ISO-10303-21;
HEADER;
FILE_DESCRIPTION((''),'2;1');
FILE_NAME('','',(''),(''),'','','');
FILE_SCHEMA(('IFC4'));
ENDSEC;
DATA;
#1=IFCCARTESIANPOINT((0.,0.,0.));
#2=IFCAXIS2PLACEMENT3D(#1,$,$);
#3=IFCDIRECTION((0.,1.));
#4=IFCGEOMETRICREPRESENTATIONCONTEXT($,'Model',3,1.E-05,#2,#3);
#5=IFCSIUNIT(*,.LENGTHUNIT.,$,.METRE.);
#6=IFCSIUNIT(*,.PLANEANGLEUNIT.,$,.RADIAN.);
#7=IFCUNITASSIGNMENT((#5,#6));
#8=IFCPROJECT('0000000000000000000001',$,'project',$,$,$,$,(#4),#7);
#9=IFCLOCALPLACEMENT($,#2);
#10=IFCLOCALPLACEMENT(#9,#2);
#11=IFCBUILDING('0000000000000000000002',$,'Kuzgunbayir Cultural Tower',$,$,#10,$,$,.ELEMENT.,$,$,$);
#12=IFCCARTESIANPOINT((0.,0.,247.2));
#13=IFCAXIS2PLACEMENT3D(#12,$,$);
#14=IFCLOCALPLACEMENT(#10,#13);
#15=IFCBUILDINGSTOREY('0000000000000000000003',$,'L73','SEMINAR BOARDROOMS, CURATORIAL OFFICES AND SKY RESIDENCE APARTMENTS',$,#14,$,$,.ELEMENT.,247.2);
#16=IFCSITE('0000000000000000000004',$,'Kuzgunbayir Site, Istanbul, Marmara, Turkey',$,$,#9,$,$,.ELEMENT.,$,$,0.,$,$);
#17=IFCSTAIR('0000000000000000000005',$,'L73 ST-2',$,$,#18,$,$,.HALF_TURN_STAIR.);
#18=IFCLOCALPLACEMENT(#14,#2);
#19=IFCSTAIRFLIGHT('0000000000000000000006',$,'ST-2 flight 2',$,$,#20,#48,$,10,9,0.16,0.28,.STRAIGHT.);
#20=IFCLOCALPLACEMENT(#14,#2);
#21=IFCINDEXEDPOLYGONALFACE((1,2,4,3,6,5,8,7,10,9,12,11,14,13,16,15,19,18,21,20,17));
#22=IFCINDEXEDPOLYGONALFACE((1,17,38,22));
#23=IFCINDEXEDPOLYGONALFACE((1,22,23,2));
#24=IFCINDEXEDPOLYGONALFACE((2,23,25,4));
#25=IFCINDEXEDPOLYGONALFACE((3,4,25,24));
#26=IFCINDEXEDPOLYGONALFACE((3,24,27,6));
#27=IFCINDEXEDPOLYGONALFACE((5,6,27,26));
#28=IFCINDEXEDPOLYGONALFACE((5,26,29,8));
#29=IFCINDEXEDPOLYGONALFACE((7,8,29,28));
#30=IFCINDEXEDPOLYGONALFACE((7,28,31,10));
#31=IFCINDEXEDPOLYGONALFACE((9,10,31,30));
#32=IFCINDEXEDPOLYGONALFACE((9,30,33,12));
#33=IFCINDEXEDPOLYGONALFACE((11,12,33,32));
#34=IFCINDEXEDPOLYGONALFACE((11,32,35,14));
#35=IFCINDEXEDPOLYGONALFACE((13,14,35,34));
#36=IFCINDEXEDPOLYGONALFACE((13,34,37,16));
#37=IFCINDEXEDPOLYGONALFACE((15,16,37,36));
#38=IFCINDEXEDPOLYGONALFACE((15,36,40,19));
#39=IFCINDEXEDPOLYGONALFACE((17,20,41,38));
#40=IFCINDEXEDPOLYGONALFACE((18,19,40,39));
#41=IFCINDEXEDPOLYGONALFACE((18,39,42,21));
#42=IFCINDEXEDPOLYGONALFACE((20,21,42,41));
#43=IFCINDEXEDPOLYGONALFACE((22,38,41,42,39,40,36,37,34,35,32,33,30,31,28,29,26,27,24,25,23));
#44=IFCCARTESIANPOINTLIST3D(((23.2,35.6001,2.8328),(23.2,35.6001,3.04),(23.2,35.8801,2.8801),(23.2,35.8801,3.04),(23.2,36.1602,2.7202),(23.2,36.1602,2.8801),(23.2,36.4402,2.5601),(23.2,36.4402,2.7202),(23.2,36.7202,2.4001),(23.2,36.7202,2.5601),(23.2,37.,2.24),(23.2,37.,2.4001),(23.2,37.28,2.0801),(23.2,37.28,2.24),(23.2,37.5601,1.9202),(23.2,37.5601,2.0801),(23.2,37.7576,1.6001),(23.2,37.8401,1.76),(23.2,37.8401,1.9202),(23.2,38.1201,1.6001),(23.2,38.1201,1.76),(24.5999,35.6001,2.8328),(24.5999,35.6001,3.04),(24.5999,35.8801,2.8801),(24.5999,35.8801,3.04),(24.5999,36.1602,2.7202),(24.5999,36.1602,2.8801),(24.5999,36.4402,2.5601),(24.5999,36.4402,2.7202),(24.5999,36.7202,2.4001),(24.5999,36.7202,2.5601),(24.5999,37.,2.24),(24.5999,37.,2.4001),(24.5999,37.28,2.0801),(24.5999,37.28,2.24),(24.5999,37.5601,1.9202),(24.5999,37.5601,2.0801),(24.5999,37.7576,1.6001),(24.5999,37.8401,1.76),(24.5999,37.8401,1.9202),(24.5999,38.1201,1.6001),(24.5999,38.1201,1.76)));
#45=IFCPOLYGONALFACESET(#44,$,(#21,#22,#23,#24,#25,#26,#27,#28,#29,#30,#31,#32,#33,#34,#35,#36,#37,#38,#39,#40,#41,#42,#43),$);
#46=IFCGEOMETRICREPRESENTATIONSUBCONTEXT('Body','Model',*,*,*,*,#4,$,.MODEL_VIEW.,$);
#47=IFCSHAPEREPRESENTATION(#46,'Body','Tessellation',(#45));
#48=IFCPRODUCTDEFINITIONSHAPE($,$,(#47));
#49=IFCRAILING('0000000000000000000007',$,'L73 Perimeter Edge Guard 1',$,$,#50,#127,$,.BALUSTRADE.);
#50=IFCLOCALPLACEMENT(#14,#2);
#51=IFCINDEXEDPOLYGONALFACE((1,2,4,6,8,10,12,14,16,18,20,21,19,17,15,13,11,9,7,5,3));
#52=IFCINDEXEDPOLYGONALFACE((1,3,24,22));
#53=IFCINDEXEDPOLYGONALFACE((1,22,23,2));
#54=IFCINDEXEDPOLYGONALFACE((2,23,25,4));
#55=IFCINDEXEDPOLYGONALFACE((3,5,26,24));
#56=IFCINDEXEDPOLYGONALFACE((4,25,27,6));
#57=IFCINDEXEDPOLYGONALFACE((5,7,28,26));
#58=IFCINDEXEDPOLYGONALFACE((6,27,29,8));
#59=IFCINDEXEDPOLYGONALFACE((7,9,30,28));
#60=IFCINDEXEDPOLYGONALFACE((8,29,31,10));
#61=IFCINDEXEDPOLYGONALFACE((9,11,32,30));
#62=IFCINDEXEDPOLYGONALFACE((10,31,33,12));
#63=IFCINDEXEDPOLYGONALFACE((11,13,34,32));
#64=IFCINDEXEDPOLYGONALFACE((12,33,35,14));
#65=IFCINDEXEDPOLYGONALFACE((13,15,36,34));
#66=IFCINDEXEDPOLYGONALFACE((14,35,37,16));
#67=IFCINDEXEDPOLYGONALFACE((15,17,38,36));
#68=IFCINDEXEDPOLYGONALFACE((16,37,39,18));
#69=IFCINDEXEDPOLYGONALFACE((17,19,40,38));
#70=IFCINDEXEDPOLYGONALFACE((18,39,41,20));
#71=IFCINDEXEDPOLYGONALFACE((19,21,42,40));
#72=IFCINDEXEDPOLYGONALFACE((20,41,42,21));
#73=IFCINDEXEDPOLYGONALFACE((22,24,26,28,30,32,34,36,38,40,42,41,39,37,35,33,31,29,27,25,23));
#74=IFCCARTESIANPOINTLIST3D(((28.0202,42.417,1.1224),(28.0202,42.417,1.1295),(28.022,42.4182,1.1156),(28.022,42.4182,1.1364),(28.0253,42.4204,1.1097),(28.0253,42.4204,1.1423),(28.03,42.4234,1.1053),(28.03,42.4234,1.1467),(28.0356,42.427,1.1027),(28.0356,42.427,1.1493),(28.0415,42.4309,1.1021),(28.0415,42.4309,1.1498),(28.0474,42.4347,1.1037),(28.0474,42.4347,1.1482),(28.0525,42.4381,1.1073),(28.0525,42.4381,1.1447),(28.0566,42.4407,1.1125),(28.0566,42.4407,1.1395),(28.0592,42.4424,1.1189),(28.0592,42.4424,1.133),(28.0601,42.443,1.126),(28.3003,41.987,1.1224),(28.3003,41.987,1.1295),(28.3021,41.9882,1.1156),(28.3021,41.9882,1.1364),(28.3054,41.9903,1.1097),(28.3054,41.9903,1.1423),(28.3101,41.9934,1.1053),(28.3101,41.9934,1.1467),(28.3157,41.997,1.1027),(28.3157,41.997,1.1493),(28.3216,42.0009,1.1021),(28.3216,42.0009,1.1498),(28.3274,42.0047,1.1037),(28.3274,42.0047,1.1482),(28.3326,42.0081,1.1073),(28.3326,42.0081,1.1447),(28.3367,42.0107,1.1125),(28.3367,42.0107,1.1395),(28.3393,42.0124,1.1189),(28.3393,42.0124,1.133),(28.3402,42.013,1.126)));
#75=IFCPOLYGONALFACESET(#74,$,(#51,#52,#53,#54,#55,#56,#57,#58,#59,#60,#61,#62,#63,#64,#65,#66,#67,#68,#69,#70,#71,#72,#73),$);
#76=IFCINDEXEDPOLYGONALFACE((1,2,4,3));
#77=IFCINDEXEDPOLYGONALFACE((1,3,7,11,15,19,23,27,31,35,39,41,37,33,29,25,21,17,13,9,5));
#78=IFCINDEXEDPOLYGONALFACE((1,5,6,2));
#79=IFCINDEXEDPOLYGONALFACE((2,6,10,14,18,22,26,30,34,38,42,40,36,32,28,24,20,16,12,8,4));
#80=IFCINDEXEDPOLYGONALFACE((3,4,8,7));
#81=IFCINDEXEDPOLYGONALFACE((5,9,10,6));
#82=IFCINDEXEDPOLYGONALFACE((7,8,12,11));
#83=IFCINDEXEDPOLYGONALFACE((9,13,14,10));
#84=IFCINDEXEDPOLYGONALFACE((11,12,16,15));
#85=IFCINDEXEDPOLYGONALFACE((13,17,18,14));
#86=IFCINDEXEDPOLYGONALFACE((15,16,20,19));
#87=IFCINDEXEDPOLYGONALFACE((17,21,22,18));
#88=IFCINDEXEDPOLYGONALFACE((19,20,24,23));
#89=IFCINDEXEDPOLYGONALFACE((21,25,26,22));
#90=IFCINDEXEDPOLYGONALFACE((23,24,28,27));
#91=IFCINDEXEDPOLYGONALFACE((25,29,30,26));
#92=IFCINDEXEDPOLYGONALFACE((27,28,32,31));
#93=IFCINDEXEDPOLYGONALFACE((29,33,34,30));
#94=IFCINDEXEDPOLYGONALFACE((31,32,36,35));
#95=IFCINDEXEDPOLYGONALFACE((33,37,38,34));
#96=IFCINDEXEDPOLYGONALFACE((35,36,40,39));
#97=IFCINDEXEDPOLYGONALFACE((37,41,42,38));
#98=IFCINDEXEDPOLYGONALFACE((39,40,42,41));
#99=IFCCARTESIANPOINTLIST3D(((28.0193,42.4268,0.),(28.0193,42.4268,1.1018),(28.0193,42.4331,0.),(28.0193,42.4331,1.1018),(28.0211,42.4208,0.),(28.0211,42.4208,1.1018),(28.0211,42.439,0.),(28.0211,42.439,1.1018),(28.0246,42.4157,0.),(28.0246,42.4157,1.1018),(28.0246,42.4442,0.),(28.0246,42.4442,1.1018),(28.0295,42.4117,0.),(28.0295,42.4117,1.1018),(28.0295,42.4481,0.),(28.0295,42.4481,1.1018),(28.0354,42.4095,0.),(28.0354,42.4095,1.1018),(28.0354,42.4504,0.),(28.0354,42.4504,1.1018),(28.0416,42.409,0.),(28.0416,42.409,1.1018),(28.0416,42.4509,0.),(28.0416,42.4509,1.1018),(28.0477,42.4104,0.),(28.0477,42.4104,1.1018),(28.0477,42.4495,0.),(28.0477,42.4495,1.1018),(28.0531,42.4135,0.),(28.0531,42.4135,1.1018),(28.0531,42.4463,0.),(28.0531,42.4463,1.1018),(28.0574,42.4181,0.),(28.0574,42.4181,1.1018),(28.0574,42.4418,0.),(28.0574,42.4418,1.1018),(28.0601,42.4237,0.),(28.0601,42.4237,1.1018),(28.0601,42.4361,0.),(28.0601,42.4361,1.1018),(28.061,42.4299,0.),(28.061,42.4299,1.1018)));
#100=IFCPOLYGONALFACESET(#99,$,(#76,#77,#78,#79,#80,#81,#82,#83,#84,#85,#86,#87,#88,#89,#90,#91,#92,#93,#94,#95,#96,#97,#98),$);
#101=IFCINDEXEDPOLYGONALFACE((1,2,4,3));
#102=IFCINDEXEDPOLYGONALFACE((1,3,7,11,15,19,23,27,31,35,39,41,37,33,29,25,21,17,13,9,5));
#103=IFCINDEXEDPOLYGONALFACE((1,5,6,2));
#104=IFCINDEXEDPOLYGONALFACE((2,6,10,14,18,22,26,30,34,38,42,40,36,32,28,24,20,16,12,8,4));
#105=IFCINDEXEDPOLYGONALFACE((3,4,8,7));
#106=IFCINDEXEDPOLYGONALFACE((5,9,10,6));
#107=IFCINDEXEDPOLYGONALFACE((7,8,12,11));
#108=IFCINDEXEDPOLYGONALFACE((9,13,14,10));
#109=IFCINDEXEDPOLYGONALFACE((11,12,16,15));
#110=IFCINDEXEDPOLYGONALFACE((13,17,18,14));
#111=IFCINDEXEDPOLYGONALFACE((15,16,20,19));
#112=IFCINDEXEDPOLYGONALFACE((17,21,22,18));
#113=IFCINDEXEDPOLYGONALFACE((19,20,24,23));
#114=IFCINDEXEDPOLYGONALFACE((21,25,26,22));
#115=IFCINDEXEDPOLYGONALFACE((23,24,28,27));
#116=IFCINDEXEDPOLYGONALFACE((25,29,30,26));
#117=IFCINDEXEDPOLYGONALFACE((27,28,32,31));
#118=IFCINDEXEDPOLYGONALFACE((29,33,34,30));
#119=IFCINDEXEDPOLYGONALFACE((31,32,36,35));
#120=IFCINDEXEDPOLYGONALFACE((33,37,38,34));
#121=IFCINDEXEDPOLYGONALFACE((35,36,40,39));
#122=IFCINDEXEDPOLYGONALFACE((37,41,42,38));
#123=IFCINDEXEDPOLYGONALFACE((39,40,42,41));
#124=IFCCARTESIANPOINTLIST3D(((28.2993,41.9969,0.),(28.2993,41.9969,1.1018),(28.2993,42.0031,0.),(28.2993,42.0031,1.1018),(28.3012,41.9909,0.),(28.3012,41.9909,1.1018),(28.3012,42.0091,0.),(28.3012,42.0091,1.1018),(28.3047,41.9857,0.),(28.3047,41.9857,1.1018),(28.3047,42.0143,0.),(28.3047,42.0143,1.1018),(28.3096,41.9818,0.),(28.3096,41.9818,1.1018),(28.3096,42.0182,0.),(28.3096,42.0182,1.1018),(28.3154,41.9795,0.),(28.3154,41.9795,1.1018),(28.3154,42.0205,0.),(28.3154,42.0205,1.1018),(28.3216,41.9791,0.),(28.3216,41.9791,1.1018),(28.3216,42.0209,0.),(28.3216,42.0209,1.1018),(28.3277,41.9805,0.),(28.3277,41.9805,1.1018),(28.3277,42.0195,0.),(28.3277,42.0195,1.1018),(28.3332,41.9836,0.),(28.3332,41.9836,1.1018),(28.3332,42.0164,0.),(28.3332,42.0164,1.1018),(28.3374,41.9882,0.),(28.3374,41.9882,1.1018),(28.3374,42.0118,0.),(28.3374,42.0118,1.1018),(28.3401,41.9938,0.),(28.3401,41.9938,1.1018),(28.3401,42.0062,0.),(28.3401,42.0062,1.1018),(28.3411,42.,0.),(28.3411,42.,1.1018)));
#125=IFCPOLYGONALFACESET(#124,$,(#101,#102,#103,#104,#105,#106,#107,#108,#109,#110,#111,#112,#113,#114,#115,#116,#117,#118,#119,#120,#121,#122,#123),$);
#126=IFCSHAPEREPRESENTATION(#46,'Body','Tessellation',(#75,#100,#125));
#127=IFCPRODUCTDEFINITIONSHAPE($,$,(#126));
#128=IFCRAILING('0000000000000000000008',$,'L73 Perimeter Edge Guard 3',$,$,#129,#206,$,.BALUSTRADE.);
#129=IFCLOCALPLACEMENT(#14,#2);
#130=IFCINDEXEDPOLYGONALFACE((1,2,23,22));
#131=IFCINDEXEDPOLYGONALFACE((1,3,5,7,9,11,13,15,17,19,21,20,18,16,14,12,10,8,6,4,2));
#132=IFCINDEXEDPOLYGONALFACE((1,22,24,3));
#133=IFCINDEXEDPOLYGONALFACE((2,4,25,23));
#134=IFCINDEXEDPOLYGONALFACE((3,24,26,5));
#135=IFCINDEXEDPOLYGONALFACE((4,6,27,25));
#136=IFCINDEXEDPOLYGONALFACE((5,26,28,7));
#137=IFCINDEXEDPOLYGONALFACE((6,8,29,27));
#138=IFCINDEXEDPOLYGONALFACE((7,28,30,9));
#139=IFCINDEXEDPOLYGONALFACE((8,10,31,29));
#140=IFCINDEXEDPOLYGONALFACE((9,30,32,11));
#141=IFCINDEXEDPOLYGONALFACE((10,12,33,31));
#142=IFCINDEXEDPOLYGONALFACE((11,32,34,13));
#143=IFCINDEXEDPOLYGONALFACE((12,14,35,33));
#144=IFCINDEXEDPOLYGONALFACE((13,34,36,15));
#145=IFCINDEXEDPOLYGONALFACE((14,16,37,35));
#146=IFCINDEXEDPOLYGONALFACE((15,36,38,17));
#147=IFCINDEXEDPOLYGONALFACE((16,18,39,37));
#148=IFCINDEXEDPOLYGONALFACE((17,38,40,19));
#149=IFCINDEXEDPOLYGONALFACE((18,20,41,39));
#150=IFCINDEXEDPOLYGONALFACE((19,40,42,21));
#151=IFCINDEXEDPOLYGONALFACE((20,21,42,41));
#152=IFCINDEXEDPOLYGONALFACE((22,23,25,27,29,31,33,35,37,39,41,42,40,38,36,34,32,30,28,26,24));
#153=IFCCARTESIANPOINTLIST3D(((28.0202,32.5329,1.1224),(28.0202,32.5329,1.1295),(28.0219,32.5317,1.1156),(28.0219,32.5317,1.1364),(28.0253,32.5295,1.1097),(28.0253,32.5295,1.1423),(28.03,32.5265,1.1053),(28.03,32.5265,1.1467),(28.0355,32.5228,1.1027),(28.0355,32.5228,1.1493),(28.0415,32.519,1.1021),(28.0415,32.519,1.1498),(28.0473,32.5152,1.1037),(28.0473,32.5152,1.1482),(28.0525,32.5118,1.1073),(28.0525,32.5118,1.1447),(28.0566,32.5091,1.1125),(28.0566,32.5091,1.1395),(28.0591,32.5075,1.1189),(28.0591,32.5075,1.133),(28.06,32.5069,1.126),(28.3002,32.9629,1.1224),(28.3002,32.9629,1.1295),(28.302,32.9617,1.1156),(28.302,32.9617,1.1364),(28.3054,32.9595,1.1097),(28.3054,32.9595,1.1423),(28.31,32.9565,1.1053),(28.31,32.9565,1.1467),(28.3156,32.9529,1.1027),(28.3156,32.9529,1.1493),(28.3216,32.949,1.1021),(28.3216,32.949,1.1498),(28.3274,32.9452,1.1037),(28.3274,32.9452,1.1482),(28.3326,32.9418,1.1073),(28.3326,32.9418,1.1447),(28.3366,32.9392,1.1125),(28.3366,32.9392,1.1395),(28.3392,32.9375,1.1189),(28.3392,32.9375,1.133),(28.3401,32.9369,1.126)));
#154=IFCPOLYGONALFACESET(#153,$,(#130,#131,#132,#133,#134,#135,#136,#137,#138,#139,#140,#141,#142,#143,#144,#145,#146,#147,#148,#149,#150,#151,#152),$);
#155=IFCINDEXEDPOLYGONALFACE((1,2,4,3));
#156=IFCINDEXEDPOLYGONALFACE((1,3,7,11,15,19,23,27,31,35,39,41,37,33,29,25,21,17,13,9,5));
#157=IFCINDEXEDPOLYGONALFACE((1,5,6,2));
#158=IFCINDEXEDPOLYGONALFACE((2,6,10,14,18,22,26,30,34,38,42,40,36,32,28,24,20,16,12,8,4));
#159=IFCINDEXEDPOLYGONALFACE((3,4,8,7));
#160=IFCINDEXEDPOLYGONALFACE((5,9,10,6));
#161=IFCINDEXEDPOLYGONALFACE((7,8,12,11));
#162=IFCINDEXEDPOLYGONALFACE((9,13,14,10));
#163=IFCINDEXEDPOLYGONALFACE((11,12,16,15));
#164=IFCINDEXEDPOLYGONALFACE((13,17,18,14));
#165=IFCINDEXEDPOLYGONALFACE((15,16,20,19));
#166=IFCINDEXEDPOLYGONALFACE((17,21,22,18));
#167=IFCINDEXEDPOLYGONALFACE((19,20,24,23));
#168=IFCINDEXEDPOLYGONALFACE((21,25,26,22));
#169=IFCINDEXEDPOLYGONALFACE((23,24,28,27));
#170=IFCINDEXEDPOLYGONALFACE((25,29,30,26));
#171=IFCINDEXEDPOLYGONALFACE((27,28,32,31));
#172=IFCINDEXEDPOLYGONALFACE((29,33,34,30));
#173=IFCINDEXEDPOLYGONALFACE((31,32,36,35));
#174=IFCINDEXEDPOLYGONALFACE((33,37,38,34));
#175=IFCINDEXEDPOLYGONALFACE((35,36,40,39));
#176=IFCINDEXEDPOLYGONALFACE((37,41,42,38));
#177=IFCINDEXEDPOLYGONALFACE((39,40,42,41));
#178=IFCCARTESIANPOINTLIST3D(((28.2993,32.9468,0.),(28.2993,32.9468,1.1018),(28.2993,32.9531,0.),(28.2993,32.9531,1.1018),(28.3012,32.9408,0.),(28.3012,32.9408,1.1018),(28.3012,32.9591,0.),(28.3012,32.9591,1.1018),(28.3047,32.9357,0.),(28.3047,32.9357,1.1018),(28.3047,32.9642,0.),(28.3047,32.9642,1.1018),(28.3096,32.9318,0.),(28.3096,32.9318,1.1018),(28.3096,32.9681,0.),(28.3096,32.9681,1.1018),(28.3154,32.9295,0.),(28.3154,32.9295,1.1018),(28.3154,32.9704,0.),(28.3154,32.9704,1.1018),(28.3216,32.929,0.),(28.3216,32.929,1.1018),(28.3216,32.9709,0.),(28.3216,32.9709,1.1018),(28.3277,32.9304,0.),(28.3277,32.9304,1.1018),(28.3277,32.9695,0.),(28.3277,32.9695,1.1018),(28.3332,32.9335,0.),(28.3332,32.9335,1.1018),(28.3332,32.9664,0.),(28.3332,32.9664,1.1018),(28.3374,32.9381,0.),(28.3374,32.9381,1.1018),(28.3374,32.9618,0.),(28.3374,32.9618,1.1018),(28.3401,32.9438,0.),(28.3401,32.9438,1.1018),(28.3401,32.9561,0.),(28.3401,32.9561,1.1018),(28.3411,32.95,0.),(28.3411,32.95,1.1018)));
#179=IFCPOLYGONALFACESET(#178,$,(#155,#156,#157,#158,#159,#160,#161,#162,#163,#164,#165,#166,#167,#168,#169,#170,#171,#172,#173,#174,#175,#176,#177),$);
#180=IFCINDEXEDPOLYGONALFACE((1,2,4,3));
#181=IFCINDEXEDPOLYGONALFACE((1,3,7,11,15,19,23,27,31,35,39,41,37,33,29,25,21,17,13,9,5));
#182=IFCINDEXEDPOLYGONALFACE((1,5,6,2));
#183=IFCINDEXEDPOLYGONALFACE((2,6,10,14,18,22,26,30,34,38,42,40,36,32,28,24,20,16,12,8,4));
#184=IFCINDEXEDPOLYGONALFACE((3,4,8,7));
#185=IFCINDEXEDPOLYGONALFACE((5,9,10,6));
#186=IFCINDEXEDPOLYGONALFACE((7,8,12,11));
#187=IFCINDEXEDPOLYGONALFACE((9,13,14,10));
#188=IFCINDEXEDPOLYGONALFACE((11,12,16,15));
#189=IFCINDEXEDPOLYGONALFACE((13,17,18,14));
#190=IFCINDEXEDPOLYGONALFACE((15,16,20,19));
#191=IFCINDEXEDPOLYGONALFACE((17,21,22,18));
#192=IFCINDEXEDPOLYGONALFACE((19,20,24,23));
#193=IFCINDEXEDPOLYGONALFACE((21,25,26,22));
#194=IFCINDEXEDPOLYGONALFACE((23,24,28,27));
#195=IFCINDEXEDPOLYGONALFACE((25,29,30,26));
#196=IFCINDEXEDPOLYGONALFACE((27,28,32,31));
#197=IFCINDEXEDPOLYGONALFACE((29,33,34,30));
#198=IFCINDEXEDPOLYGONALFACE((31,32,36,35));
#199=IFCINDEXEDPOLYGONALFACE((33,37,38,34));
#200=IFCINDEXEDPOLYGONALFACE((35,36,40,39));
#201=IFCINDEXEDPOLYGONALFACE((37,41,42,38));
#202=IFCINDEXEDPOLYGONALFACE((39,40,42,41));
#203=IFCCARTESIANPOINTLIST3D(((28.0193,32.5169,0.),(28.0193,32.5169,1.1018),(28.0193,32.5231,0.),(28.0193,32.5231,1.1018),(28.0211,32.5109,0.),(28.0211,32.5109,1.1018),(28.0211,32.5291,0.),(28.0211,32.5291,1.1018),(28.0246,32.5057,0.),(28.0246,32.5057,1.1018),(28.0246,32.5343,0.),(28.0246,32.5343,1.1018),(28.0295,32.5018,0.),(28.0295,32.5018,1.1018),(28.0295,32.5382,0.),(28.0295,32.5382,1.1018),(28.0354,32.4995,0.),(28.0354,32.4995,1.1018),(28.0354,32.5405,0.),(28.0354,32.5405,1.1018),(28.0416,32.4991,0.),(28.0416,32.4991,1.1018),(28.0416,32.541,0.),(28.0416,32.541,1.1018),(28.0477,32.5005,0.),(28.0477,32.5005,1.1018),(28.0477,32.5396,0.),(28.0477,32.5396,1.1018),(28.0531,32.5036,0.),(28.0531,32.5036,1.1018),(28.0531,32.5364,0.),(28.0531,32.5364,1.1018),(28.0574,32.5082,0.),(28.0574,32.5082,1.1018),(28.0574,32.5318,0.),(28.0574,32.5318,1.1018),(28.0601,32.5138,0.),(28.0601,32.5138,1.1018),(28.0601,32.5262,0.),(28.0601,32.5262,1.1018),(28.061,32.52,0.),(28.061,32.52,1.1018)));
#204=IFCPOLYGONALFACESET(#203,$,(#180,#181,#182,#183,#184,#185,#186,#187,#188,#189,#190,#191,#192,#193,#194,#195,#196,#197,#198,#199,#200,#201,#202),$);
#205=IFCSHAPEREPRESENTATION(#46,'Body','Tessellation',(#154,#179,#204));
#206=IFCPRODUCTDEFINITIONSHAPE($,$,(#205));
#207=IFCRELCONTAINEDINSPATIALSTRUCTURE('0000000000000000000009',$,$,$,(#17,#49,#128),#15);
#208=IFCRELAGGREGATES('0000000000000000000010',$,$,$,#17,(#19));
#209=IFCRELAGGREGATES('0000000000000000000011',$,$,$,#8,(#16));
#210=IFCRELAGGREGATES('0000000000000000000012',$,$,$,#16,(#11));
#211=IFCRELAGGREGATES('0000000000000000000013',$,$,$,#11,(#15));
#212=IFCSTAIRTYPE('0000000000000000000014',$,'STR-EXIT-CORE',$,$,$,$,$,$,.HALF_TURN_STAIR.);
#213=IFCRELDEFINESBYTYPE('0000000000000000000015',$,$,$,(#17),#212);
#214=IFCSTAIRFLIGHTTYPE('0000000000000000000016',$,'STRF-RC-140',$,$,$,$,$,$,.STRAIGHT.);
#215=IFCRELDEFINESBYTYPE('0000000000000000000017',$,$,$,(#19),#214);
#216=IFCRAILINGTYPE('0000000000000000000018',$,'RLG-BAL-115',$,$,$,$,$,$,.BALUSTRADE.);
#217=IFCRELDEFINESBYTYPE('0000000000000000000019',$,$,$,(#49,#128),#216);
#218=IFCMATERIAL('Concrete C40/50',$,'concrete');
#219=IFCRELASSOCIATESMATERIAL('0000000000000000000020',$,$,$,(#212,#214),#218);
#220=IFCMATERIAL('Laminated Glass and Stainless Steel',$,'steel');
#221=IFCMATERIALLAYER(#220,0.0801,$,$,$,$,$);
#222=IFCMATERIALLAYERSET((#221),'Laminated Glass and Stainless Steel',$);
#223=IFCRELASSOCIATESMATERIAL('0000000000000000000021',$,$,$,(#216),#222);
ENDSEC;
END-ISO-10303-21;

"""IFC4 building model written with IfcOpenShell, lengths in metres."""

from ifc_helpers import new_model, si_unit, direction, frame, origin, origin_2d, place, context, subcontext, project, spatial, polyline, circle, outline, extrude, material, layer, layer_set, type_object, element, aggregate, save


model = new_model("IFC4")

# Units and contexts
model_context = context("Model", 3, precision=1e-05, world=origin(), true_north=direction((0.0, 1.0)))
body_context = subcontext(model_context, "Body", "Model", "MODEL_VIEW")
ifc_project = project(units=[si_unit("LENGTHUNIT", "METRE"), si_unit("PLANEANGLEUNIT", "RADIAN")], contexts=[model_context])

# Site, building, storey
site_placement = place(None, origin())
site = spatial("IfcSite", under=ifc_project, at=site_placement, Name="Kuzgunbayir Site, Istanbul, Marmara, Turkey", CompositionType="ELEMENT", RefElevation=0.0)
building_placement = place(site_placement, origin())
building = spatial("IfcBuilding", under=site, at=building_placement, Name="Kuzgunbayir Cultural Tower", CompositionType="ELEMENT")
storey_placement = place(building_placement, frame((0.0, 0.0, 247.2)))
storey = spatial("IfcBuildingStorey", under=building, at=storey_placement, Name="L73", Description="SEMINAR BOARDROOMS, CURATORIAL OFFICES AND SKY RESIDENCE APARTMENTS", CompositionType="ELEMENT", Elevation=247.2)

# Shared definitions
ifc_material_1 = material(Name="Concrete C40/50", Category="concrete")

# Stair, stair flight
stair_type = type_object("IfcStairType", Name="STR-EXIT-CORE", PredefinedType="HALF_TURN_STAIR", material=ifc_material_1)
stair_placement = place(storey_placement, origin())
stair = element("IfcStair", 1, at=stair_placement, inside=storey, type_object=stair_type, Name="L73 ST-2", PredefinedType="HALF_TURN_STAIR")
stair_flight_type = type_object("IfcStairFlightType", Name="STRF-RC-140", PredefinedType="STRAIGHT", material=ifc_material_1)
stair_flight_1_placement = place(storey_placement, frame((23.8999, 38.1201, 1.6001), z_axis=(0.0, 0.0, 1.0), x_axis=(0.0, -1.0, 0.0)))
stair_flight_1 = element("IfcStairFlight", 2, at=stair_flight_1_placement, type_object=stair_flight_type, Name="ST-2 flight 2", NumberOfRisers=10, NumberOfTreads=9, PredefinedType="STRAIGHT", RiserHeight=0.16, TreadLength=0.28, context=body_context, shape_type="SweptSolid", body=[
    extrude(outline(polyline([(0.0, 0.0), (0.0, 0.1599), (0.28, 0.1599), (0.28, 0.3201), (0.5601, 0.3201), (0.5601, 0.48), (0.8401, 0.48), (0.8401, 0.6399), (1.1201, 0.6399), (1.1201, 0.8), (1.3999, 0.8), (1.3999, 0.96), (1.6799, 0.96), (1.6799, 1.1201), (1.96, 1.1201), (1.96, 1.28), (2.24, 1.28), (2.24, 1.4399), (2.52, 1.4399), (2.52, 1.6001), (2.52, 1.2327), (0.3625, 0.0), (0.0, 0.0)])), frame((0.0, 0.7, 0.0), z_axis=(0.0, -1.0, 0.0), x_axis=(1.0, 0.0, 0.0)), (0.0, 0.0, 1.0), 1.3999),
])
aggregate(stair, [stair_flight_1])

# Railings
ifc_material_2 = material(Name="Laminated Glass and Stainless Steel", Category="steel")
ifc_layer_1 = layer(ifc_material_2, 0.0801)
ifc_layer_set_1 = layer_set([ifc_layer_1], Name="Laminated Glass and Stainless Steel")
railing_type_1 = type_object("IfcRailingType", Name="RLG-BAL-115", PredefinedType="BALUSTRADE", material=ifc_layer_set_1)
railing_1_placement = place(storey_placement, frame((28.04, 42.4299, 0.0)))
element("IfcRailing", 3, at=railing_1_placement, inside=storey, type_object=railing_type_1, Name="L73 Perimeter Edge Guard 1", PredefinedType="BALUSTRADE", context=body_context, shape_type="SweptSolid", body=[
    extrude(circle(Radius=0.0239, at=origin_2d()), frame((0.0, 0.0, 1.126), z_axis=(0.545774, -0.837932, 0.0), x_axis=(0.837932, 0.545774, 0.0)), (0.0, 0.0, 1.0), 0.5132),
    extrude(circle(Radius=0.021, at=origin_2d()), origin(), (0.0, 0.0, 1.0), 1.1018),
    extrude(circle(Radius=0.021, at=origin_2d()), frame((0.28, -0.4299, 0.0)), (0.0, 0.0, 1.0), 1.1018),
])
railing_2_placement = place(storey_placement, frame((28.3201, 32.95, 0.0)))
element("IfcRailing", 4, at=railing_2_placement, inside=storey, type_object=railing_type_1, Name="L73 Perimeter Edge Guard 3", PredefinedType="BALUSTRADE", context=body_context, shape_type="SweptSolid", body=[
    extrude(circle(Radius=0.0239, at=origin_2d()), frame((0.0, 0.0, 1.126), z_axis=(-0.545774, -0.837932, 0.0), x_axis=(0.837932, -0.545774, 0.0)), (0.0, 0.0, 1.0), 0.5132),
    extrude(circle(Radius=0.021, at=origin_2d()), origin(), (0.0, 0.0, 1.0), 1.1018),
    extrude(circle(Radius=0.021, at=origin_2d()), frame((-0.28, -0.4299, 0.0)), (0.0, 0.0, 1.0), 1.1018),
])

save(model, "model.ifc")
